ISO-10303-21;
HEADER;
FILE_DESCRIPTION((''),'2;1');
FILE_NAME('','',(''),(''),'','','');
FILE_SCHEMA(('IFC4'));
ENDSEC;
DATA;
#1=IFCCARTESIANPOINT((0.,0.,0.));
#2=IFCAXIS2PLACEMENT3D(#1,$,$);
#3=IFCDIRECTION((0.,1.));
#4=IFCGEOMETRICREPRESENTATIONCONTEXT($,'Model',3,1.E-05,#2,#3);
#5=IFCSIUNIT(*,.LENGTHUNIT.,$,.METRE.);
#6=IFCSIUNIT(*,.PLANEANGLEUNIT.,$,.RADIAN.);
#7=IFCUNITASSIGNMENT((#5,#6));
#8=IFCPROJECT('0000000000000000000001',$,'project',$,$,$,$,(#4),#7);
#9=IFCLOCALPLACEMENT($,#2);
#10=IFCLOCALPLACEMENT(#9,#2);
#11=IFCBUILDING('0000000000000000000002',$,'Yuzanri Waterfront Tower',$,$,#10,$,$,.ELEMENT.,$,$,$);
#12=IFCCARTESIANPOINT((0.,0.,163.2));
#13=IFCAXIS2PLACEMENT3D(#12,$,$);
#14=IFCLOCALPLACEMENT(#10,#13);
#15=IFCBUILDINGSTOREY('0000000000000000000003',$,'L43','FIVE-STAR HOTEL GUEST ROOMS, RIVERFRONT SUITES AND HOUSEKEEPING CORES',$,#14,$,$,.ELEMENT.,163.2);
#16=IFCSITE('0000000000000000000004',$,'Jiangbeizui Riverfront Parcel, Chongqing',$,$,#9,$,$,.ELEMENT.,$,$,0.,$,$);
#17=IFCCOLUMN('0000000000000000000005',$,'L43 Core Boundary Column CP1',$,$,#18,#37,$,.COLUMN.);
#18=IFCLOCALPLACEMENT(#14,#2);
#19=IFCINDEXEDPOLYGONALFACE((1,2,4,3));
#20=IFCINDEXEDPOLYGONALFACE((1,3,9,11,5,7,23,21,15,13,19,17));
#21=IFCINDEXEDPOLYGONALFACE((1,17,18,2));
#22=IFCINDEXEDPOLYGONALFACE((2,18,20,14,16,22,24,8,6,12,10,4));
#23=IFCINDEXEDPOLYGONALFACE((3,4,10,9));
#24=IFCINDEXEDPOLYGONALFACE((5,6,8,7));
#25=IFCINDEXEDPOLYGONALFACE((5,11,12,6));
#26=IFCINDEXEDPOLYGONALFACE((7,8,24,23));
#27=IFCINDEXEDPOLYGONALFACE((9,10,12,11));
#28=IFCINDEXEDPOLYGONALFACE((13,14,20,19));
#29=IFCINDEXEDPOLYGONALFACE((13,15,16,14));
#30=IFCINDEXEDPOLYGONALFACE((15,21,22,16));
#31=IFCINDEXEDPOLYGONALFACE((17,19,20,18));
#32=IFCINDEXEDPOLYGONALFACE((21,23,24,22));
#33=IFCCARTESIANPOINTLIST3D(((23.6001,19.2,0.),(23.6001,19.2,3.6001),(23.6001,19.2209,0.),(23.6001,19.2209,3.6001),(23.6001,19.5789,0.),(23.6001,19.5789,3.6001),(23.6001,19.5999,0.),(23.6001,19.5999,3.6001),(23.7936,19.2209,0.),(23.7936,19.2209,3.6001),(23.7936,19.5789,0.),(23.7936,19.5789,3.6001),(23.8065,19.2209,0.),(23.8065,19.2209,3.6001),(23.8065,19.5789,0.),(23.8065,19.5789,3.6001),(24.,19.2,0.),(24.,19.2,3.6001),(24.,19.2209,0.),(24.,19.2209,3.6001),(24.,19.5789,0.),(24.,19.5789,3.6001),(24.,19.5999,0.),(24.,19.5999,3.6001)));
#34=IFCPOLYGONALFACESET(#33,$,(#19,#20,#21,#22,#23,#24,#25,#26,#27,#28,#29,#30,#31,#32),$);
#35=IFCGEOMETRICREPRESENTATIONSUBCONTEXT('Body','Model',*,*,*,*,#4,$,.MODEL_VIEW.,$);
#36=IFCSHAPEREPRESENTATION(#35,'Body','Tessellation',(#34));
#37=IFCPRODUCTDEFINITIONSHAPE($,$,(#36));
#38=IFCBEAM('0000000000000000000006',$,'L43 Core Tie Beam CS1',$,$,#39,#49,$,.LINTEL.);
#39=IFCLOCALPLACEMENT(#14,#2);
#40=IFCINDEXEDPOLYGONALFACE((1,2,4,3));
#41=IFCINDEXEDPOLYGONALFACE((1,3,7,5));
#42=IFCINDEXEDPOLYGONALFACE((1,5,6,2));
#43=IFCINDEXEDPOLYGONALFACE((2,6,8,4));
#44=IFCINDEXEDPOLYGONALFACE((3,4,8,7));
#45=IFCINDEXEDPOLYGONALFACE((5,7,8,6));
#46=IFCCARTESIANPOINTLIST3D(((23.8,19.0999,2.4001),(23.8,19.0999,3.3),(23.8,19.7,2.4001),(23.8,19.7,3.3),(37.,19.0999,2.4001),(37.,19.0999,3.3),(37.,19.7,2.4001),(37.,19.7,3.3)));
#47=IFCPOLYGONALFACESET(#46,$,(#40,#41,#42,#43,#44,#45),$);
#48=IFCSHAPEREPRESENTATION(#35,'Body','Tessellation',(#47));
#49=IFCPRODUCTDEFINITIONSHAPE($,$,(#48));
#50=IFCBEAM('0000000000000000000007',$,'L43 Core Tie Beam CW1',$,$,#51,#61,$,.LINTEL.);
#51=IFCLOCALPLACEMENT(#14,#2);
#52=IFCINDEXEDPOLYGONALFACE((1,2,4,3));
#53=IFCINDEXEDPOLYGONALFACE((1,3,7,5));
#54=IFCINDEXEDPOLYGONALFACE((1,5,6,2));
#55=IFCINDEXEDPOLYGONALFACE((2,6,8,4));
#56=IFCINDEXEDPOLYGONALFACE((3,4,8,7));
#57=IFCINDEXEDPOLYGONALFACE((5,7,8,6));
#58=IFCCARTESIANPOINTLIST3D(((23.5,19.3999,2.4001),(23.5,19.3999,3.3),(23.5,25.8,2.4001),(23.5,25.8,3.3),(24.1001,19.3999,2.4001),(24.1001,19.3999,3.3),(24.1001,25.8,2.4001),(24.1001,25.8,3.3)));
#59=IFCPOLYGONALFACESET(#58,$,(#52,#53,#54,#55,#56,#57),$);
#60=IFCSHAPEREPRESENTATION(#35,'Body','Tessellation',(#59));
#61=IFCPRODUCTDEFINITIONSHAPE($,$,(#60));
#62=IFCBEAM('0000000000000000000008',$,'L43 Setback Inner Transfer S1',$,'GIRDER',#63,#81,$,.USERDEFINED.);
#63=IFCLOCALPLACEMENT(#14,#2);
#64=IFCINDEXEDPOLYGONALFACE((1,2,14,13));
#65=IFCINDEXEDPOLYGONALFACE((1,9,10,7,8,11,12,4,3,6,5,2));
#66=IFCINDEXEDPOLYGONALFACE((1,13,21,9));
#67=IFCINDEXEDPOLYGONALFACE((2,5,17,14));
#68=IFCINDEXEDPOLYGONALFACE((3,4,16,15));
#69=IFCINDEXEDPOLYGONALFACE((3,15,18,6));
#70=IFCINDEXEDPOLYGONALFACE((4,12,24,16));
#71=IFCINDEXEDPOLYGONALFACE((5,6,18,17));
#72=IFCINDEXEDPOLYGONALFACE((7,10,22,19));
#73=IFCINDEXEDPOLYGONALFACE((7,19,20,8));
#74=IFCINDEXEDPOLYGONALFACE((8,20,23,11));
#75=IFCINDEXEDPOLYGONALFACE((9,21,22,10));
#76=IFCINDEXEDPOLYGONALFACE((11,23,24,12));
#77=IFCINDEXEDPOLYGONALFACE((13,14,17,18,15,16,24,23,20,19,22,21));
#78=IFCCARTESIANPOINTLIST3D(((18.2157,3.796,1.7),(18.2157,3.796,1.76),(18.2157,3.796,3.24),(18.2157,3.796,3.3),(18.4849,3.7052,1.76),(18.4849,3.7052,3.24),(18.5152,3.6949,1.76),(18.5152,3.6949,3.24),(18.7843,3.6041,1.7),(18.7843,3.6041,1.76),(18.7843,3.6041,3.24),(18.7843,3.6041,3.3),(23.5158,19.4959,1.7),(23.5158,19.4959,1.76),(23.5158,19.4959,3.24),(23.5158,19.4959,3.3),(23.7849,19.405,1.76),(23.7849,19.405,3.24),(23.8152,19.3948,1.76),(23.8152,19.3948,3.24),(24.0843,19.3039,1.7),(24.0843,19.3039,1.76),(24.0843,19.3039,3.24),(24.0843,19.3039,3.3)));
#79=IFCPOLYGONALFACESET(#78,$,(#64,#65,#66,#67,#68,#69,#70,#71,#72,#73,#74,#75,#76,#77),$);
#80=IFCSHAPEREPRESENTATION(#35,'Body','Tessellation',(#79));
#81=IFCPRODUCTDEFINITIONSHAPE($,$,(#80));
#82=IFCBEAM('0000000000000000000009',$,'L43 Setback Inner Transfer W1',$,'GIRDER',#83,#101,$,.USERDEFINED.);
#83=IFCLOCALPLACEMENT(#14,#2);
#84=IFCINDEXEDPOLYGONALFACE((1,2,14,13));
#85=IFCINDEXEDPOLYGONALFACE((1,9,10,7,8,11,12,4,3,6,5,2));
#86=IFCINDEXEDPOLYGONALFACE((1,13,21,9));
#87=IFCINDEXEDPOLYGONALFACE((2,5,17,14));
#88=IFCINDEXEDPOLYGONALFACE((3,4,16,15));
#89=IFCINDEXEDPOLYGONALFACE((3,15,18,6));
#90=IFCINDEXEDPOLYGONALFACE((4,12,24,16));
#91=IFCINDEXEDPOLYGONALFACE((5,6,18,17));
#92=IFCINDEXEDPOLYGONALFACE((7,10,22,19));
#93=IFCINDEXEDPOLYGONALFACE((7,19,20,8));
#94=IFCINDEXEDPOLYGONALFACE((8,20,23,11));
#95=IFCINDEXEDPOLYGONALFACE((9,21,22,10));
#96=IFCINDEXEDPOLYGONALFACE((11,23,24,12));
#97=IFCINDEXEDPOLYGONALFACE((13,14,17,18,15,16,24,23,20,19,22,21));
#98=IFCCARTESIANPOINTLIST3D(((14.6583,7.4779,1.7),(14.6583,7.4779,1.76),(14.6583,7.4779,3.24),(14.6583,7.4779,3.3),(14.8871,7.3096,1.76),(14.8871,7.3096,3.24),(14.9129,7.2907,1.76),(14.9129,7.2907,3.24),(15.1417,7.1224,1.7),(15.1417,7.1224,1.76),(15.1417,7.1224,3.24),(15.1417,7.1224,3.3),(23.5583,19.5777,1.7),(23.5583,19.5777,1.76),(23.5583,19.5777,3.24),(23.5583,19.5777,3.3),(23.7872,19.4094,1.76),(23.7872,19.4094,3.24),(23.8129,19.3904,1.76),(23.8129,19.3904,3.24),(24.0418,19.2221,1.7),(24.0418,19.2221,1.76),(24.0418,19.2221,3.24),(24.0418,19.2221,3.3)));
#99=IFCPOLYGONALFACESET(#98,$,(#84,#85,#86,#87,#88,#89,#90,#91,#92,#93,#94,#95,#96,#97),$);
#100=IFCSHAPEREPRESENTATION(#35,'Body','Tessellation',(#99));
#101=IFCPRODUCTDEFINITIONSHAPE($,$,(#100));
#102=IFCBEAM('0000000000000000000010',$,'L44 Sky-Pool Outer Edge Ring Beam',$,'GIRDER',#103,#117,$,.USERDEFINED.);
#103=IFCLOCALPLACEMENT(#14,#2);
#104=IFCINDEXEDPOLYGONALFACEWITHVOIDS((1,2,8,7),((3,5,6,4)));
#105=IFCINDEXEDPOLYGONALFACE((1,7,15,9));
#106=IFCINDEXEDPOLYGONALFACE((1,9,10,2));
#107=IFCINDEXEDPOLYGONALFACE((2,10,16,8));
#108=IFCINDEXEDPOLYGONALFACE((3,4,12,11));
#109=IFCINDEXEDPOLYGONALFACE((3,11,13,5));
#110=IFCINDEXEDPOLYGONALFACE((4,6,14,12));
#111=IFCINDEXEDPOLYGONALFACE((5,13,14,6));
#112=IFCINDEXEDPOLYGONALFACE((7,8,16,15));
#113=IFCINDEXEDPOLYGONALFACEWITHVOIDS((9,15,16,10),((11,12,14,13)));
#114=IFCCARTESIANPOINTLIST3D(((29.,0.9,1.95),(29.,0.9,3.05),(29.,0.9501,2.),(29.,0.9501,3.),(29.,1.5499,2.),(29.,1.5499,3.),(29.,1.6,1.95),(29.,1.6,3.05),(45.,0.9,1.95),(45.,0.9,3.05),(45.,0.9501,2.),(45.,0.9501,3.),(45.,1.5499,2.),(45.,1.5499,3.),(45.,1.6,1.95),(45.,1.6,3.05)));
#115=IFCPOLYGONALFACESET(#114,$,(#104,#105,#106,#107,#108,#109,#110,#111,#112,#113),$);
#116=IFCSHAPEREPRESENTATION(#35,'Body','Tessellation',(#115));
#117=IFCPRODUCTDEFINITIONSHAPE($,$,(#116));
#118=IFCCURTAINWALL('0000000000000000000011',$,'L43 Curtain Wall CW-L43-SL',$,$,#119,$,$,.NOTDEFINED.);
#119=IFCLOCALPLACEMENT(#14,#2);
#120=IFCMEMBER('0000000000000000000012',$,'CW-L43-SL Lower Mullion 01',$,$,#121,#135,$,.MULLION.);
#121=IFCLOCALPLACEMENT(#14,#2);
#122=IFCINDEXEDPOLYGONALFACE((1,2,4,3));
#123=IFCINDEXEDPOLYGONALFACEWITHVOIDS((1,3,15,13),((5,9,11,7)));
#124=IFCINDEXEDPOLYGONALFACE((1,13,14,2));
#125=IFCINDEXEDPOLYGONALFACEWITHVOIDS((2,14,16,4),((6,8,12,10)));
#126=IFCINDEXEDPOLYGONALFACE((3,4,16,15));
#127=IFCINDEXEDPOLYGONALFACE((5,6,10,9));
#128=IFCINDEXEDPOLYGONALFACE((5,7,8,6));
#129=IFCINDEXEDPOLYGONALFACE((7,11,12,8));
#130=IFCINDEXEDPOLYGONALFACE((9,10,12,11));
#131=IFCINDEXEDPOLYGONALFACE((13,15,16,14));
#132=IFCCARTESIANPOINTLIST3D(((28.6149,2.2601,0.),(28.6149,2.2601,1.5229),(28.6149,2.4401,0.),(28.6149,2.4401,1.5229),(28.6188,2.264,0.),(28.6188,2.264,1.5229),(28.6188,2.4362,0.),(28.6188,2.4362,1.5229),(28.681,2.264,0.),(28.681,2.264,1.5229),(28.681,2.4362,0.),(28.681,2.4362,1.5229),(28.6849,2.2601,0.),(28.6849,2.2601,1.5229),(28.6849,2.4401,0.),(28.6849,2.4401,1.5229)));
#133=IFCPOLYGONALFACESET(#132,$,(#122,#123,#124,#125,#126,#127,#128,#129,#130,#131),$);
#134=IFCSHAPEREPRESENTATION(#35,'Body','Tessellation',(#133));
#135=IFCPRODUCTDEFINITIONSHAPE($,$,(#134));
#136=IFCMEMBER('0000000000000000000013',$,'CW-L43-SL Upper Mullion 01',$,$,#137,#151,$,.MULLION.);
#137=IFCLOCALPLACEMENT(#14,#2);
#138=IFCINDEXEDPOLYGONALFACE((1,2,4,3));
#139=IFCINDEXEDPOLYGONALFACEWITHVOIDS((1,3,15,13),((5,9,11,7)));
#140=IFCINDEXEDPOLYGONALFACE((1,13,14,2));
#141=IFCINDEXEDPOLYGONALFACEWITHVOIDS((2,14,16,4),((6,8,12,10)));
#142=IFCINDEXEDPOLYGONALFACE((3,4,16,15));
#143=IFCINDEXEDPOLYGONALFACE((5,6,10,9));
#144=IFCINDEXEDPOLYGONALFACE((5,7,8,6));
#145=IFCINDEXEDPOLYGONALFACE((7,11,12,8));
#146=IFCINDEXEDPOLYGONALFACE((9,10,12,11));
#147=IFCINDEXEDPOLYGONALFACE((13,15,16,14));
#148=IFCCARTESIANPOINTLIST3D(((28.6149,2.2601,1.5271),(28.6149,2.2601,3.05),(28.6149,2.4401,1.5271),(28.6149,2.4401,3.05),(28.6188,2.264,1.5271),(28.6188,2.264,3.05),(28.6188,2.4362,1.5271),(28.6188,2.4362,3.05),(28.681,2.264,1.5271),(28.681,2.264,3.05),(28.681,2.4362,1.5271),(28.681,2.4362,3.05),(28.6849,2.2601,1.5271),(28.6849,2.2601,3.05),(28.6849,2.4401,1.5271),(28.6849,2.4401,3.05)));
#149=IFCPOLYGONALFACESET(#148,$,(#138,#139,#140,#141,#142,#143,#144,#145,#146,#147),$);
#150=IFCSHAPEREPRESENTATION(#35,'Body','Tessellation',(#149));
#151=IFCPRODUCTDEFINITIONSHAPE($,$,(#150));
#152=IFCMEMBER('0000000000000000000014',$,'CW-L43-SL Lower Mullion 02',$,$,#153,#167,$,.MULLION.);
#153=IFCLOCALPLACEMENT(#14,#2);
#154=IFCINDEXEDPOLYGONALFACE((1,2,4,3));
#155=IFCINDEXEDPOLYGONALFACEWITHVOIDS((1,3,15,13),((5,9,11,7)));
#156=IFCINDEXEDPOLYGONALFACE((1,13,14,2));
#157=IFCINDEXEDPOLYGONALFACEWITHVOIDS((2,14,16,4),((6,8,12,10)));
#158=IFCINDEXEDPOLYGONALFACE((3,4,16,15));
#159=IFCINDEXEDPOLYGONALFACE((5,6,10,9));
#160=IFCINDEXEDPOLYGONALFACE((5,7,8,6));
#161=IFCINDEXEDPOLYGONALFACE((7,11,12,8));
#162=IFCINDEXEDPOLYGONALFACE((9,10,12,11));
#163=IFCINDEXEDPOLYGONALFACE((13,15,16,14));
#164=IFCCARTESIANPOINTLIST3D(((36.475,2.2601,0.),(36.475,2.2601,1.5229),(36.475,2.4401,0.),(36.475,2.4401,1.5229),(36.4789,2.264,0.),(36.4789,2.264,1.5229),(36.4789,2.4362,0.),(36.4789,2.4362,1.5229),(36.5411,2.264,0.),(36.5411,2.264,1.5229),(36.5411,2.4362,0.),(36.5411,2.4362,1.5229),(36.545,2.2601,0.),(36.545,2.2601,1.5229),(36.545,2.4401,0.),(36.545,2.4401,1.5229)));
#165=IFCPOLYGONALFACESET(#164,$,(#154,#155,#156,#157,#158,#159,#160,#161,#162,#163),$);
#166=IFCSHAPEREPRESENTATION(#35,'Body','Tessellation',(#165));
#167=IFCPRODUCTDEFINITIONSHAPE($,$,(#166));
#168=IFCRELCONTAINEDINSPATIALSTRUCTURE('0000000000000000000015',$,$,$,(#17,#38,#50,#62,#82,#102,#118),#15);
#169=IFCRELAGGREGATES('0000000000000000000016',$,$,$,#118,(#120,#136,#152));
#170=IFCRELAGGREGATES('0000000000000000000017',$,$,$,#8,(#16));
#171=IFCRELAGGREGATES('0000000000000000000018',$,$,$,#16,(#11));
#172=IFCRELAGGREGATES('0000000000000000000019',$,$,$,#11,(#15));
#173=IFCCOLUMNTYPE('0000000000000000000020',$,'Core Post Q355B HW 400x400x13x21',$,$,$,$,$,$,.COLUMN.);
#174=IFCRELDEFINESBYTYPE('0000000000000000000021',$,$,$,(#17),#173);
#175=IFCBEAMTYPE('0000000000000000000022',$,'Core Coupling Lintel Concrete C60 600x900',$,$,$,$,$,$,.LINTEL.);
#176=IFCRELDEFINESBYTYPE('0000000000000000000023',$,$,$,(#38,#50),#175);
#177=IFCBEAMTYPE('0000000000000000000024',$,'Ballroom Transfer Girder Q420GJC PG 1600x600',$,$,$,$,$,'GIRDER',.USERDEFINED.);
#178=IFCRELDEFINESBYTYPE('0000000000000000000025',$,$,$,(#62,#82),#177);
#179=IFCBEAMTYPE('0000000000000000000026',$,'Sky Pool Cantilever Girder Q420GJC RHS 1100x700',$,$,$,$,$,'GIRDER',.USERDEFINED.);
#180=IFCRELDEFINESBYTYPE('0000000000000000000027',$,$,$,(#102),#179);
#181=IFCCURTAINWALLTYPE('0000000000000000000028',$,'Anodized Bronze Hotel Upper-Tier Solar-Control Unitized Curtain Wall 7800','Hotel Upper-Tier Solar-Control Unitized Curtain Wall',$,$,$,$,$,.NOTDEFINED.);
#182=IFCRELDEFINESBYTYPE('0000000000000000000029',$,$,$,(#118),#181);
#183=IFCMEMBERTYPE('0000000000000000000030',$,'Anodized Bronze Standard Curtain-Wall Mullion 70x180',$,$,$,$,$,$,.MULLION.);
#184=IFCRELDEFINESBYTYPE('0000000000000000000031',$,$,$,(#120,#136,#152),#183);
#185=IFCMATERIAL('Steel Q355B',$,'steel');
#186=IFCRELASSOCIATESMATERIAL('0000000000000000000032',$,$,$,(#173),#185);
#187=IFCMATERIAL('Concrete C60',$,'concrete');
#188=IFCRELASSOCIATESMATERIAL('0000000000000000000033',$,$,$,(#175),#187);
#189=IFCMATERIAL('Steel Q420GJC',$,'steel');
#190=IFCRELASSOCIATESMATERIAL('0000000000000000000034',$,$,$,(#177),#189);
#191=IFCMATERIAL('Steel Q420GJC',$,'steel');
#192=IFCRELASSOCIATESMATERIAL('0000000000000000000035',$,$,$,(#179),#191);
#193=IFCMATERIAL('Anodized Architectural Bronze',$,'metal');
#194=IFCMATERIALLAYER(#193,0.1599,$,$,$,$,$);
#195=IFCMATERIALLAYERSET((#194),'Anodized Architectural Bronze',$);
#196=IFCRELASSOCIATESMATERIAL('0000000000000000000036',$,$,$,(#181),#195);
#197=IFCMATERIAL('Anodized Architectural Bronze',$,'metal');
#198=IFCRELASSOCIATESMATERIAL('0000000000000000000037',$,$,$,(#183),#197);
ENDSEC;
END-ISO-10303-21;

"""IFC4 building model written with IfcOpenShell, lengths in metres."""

from ifc_helpers import new_model, si_unit, direction, frame, origin, origin_2d, place, context, subcontext, project, spatial, rectangle, hollow_rectangle, i_section, extrude, source, transform, mapped, material, layer, layer_set, material_profile, profile_set, type_object, element, aggregate, save


model = new_model("IFC4")

# Units and contexts
model_context = context("Model", 3, precision=1e-05, world=origin(), true_north=direction((0.0, 1.0)))
body_context = subcontext(model_context, "Body", "Model", "MODEL_VIEW")
ifc_project = project(units=[si_unit("LENGTHUNIT", "METRE"), si_unit("PLANEANGLEUNIT", "RADIAN")], contexts=[model_context])

# Site, building, storey
site_placement = place(None, origin())
site = spatial("IfcSite", under=ifc_project, at=site_placement, Name="Jiangbeizui Riverfront Parcel, Chongqing", CompositionType="ELEMENT", RefElevation=0.0)
building_placement = place(site_placement, origin())
building = spatial("IfcBuilding", under=site, at=building_placement, Name="Yuzanri Waterfront Tower", CompositionType="ELEMENT")
storey_placement = place(building_placement, frame((0.0, 0.0, 163.2)))
storey = spatial("IfcBuildingStorey", under=building, at=storey_placement, Name="L43", Description="FIVE-STAR HOTEL GUEST ROOMS, RIVERFRONT SUITES AND HOUSEKEEPING CORES", CompositionType="ELEMENT", Elevation=163.2)

# Column
ifc_material_1 = material(Name="Steel Q355B", Category="steel")
ifc_material_profile_1 = material_profile(ifc_material_1, i_section(OverallWidth=0.3999, OverallDepth=0.3999, WebThickness=0.0129, FlangeThickness=0.021, at=origin_2d()), Name="HW 400x400x13x21")
ifc_profile_set_1 = profile_set([ifc_material_profile_1], Name="Steel Q355B")
column_type = type_object("IfcColumnType", Name="Core Post Q355B HW 400x400x13x21", PredefinedType="COLUMN", material=ifc_profile_set_1)
shared_shape_1 = source(origin(), body_context, "Body", "SweptSolid", [
    extrude(i_section(OverallWidth=0.3999, OverallDepth=0.3999, WebThickness=0.0129, FlangeThickness=0.021, at=origin_2d()), origin(), (0.0, 0.0, 1.0), 3.6001),
])
column_placement = place(storey_placement, frame((23.8, 19.3999, 0.0), z_axis=(0.0, 0.0, 1.0), x_axis=(1.0, 0.0, 0.0)))
element("IfcColumn", 1, at=column_placement, inside=storey, type_object=column_type, Name="L43 Core Boundary Column CP1", PredefinedType="COLUMN", context=body_context, shape_type="MappedRepresentation", body=[
    mapped(shared_shape_1, transform((0.0, 0.0, 0.0), scale=1.0)),
])

# Beams
ifc_material_2 = material(Name="Concrete C60", Category="concrete")
ifc_material_profile_2 = material_profile(ifc_material_2, rectangle(XDim=0.6001, YDim=0.8999, at=origin_2d()), Name="RC 600x900")
ifc_profile_set_2 = profile_set([ifc_material_profile_2], Name="Concrete C60")
beam_type_1 = type_object("IfcBeamType", Name="Core Coupling Lintel Concrete C60 600x900", PredefinedType="LINTEL", material=ifc_profile_set_2)
shared_shape_2 = source(origin(), body_context, "Body", "SweptSolid", [
    extrude(rectangle(XDim=0.6001, YDim=0.8999, at=origin_2d()), origin(), (0.0, 0.0, 1.0), 13.2),
])
beam_1_placement = place(storey_placement, frame((23.8, 19.3999, 2.8501), z_axis=(1.0, 0.0, 0.0), x_axis=(0.0, 1.0, 0.0)))
element("IfcBeam", 2, at=beam_1_placement, inside=storey, type_object=beam_type_1, Name="L43 Core Tie Beam CS1", PredefinedType="LINTEL", context=body_context, shape_type="MappedRepresentation", body=[
    mapped(shared_shape_2, transform((0.0, 0.0, 0.0), scale=1.0)),
])
shared_shape_3 = source(origin(), body_context, "Body", "SweptSolid", [
    extrude(rectangle(XDim=0.6001, YDim=0.8999, at=origin_2d()), origin(), (0.0, 0.0, 1.0), 6.4001),
])
beam_2_placement = place(storey_placement, frame((23.8, 19.3999, 2.8501), z_axis=(0.0, 1.0, 0.0), x_axis=(-1.0, 0.0, 0.0)))
element("IfcBeam", 3, at=beam_2_placement, inside=storey, type_object=beam_type_1, Name="L43 Core Tie Beam CW1", PredefinedType="LINTEL", context=body_context, shape_type="MappedRepresentation", body=[
    mapped(shared_shape_3, transform((0.0, 0.0, 0.0), scale=1.0)),
])
ifc_material_3 = material(Name="Steel Q420GJC", Category="steel")
ifc_material_profile_3 = material_profile(ifc_material_3, i_section(OverallWidth=0.6001, OverallDepth=1.6001, WebThickness=0.032, FlangeThickness=0.0601, at=origin_2d()), Name="PG 1600x600x32x60")
ifc_profile_set_3 = profile_set([ifc_material_profile_3], Name="Steel Q420GJC")
beam_type_2 = type_object("IfcBeamType", Name="Ballroom Transfer Girder Q420GJC PG 1600x600", ElementType="GIRDER", PredefinedType="USERDEFINED", material=ifc_profile_set_3)
shared_shape_4 = source(origin(), body_context, "Body", "SweptSolid", [
    extrude(i_section(OverallWidth=0.6001, OverallDepth=1.6001, WebThickness=0.032, FlangeThickness=0.0601, at=origin_2d()), origin(), (0.0, 0.0, 1.0), 16.5703),
])
beam_3_placement = place(storey_placement, frame((23.8, 19.3999, 2.5), z_axis=(-0.31985, -0.947468, 0.0), x_axis=(0.947468, -0.31985, 0.0)))
element("IfcBeam", 4, at=beam_3_placement, inside=storey, type_object=beam_type_2, Name="L43 Setback Inner Transfer S1", ObjectType="GIRDER", PredefinedType="USERDEFINED", context=body_context, shape_type="MappedRepresentation", body=[
    mapped(shared_shape_4, transform((0.0, 0.0, 0.0), scale=1.0)),
])
shared_shape_5 = source(origin(), body_context, "Body", "SweptSolid", [
    extrude(i_section(OverallWidth=0.6001, OverallDepth=1.6001, WebThickness=0.032, FlangeThickness=0.0601, at=origin_2d()), origin(), (0.0, 0.0, 1.0), 15.0205),
])
beam_4_placement = place(storey_placement, frame((23.8, 19.3999, 2.5), z_axis=(-0.592529, -0.805549, 0.0), x_axis=(0.805549, -0.592529, 0.0)))
element("IfcBeam", 5, at=beam_4_placement, inside=storey, type_object=beam_type_2, Name="L43 Setback Inner Transfer W1", ObjectType="GIRDER", PredefinedType="USERDEFINED", context=body_context, shape_type="MappedRepresentation", body=[
    mapped(shared_shape_5, transform((0.0, 0.0, 0.0), scale=1.0)),
])
ifc_material_4 = material(Name="Steel Q420GJC", Category="steel")
ifc_material_profile_4 = material_profile(ifc_material_4, hollow_rectangle(XDim=0.7, YDim=1.1001, WallThickness=0.05, at=origin_2d()), Name="RHS 1100x700x50")
ifc_profile_set_4 = profile_set([ifc_material_profile_4], Name="Steel Q420GJC")
beam_type_3 = type_object("IfcBeamType", Name="Sky Pool Cantilever Girder Q420GJC RHS 1100x700", ElementType="GIRDER", PredefinedType="USERDEFINED", material=ifc_profile_set_4)
shared_shape_6 = source(origin(), body_context, "Body", "SweptSolid", [
    extrude(hollow_rectangle(XDim=0.7, YDim=1.1001, WallThickness=0.05, at=origin_2d()), origin(), (0.0, 0.0, 1.0), 16.0),
])
beam_5_placement = place(storey_placement, frame((29.0, 1.25, 2.5), z_axis=(1.0, 0.0, 0.0), x_axis=(0.0, 1.0, 0.0)))
element("IfcBeam", 6, at=beam_5_placement, inside=storey, type_object=beam_type_3, Name="L44 Sky-Pool Outer Edge Ring Beam", ObjectType="GIRDER", PredefinedType="USERDEFINED", context=body_context, shape_type="MappedRepresentation", body=[
    mapped(shared_shape_6, transform((0.0, 0.0, 0.0), scale=1.0)),
])

# Curtain wall, members
ifc_material_5 = material(Name="Anodized Architectural Bronze", Category="metal")
ifc_layer_1 = layer(ifc_material_5, 0.1599)
ifc_layer_set_1 = layer_set([ifc_layer_1], Name="Anodized Architectural Bronze")
curtain_wall_type = type_object("IfcCurtainWallType", Name="Anodized Bronze Hotel Upper-Tier Solar-Control Unitized Curtain Wall 7800", Description="Hotel Upper-Tier Solar-Control Unitized Curtain Wall", PredefinedType="NOTDEFINED", material=ifc_layer_set_1)
curtain_wall_placement = place(storey_placement, origin())
curtain_wall = element("IfcCurtainWall", 7, at=curtain_wall_placement, inside=storey, type_object=curtain_wall_type, Name="L43 Curtain Wall CW-L43-SL", PredefinedType="NOTDEFINED")
ifc_material_6 = material(Name="Anodized Architectural Bronze", Category="metal")
ifc_material_profile_5 = material_profile(ifc_material_6, hollow_rectangle(XDim=0.0701, YDim=0.1799, WallThickness=0.0039, at=origin_2d()), Name="CWM 70x180")
ifc_profile_set_5 = profile_set([ifc_material_profile_5], Name="Anodized Architectural Bronze")
member_type = type_object("IfcMemberType", Name="Anodized Bronze Standard Curtain-Wall Mullion 70x180", PredefinedType="MULLION", material=ifc_profile_set_5)
shared_shape_7 = source(origin(), body_context, "Body", "SweptSolid", [
    extrude(hollow_rectangle(XDim=0.0701, YDim=0.1799, WallThickness=0.0039, at=origin_2d()), origin(), (0.0, 0.0, 1.0), 1.5229),
])
member_1_placement = place(storey_placement, frame((28.6499, 2.3501, 0.0), z_axis=(0.0, 0.0, 1.0), x_axis=(1.0, 0.0, 0.0)))
member_1 = element("IfcMember", 8, at=member_1_placement, type_object=member_type, Name="CW-L43-SL Lower Mullion 01", PredefinedType="MULLION", context=body_context, shape_type="MappedRepresentation", body=[
    mapped(shared_shape_7, transform((0.0, 0.0, 0.0), scale=1.0)),
])
member_2_placement = place(storey_placement, frame((28.6499, 2.3501, 1.5271), z_axis=(0.0, 0.0, 1.0), x_axis=(1.0, 0.0, 0.0)))
member_2 = element("IfcMember", 9, at=member_2_placement, type_object=member_type, Name="CW-L43-SL Upper Mullion 01", PredefinedType="MULLION", context=body_context, shape_type="MappedRepresentation", body=[
    mapped(shared_shape_7, transform((0.0, 0.0, 0.0), scale=1.0)),
])
member_3_placement = place(storey_placement, frame((36.51, 2.3501, 0.0), z_axis=(0.0, 0.0, 1.0), x_axis=(1.0, 0.0, 0.0)))
member_3 = element("IfcMember", 10, at=member_3_placement, type_object=member_type, Name="CW-L43-SL Lower Mullion 02", PredefinedType="MULLION", context=body_context, shape_type="MappedRepresentation", body=[
    mapped(shared_shape_7, transform((0.0, 0.0, 0.0), scale=1.0)),
])

aggregate(curtain_wall, [member_1, member_2, member_3])

save(model, "model.ifc")
